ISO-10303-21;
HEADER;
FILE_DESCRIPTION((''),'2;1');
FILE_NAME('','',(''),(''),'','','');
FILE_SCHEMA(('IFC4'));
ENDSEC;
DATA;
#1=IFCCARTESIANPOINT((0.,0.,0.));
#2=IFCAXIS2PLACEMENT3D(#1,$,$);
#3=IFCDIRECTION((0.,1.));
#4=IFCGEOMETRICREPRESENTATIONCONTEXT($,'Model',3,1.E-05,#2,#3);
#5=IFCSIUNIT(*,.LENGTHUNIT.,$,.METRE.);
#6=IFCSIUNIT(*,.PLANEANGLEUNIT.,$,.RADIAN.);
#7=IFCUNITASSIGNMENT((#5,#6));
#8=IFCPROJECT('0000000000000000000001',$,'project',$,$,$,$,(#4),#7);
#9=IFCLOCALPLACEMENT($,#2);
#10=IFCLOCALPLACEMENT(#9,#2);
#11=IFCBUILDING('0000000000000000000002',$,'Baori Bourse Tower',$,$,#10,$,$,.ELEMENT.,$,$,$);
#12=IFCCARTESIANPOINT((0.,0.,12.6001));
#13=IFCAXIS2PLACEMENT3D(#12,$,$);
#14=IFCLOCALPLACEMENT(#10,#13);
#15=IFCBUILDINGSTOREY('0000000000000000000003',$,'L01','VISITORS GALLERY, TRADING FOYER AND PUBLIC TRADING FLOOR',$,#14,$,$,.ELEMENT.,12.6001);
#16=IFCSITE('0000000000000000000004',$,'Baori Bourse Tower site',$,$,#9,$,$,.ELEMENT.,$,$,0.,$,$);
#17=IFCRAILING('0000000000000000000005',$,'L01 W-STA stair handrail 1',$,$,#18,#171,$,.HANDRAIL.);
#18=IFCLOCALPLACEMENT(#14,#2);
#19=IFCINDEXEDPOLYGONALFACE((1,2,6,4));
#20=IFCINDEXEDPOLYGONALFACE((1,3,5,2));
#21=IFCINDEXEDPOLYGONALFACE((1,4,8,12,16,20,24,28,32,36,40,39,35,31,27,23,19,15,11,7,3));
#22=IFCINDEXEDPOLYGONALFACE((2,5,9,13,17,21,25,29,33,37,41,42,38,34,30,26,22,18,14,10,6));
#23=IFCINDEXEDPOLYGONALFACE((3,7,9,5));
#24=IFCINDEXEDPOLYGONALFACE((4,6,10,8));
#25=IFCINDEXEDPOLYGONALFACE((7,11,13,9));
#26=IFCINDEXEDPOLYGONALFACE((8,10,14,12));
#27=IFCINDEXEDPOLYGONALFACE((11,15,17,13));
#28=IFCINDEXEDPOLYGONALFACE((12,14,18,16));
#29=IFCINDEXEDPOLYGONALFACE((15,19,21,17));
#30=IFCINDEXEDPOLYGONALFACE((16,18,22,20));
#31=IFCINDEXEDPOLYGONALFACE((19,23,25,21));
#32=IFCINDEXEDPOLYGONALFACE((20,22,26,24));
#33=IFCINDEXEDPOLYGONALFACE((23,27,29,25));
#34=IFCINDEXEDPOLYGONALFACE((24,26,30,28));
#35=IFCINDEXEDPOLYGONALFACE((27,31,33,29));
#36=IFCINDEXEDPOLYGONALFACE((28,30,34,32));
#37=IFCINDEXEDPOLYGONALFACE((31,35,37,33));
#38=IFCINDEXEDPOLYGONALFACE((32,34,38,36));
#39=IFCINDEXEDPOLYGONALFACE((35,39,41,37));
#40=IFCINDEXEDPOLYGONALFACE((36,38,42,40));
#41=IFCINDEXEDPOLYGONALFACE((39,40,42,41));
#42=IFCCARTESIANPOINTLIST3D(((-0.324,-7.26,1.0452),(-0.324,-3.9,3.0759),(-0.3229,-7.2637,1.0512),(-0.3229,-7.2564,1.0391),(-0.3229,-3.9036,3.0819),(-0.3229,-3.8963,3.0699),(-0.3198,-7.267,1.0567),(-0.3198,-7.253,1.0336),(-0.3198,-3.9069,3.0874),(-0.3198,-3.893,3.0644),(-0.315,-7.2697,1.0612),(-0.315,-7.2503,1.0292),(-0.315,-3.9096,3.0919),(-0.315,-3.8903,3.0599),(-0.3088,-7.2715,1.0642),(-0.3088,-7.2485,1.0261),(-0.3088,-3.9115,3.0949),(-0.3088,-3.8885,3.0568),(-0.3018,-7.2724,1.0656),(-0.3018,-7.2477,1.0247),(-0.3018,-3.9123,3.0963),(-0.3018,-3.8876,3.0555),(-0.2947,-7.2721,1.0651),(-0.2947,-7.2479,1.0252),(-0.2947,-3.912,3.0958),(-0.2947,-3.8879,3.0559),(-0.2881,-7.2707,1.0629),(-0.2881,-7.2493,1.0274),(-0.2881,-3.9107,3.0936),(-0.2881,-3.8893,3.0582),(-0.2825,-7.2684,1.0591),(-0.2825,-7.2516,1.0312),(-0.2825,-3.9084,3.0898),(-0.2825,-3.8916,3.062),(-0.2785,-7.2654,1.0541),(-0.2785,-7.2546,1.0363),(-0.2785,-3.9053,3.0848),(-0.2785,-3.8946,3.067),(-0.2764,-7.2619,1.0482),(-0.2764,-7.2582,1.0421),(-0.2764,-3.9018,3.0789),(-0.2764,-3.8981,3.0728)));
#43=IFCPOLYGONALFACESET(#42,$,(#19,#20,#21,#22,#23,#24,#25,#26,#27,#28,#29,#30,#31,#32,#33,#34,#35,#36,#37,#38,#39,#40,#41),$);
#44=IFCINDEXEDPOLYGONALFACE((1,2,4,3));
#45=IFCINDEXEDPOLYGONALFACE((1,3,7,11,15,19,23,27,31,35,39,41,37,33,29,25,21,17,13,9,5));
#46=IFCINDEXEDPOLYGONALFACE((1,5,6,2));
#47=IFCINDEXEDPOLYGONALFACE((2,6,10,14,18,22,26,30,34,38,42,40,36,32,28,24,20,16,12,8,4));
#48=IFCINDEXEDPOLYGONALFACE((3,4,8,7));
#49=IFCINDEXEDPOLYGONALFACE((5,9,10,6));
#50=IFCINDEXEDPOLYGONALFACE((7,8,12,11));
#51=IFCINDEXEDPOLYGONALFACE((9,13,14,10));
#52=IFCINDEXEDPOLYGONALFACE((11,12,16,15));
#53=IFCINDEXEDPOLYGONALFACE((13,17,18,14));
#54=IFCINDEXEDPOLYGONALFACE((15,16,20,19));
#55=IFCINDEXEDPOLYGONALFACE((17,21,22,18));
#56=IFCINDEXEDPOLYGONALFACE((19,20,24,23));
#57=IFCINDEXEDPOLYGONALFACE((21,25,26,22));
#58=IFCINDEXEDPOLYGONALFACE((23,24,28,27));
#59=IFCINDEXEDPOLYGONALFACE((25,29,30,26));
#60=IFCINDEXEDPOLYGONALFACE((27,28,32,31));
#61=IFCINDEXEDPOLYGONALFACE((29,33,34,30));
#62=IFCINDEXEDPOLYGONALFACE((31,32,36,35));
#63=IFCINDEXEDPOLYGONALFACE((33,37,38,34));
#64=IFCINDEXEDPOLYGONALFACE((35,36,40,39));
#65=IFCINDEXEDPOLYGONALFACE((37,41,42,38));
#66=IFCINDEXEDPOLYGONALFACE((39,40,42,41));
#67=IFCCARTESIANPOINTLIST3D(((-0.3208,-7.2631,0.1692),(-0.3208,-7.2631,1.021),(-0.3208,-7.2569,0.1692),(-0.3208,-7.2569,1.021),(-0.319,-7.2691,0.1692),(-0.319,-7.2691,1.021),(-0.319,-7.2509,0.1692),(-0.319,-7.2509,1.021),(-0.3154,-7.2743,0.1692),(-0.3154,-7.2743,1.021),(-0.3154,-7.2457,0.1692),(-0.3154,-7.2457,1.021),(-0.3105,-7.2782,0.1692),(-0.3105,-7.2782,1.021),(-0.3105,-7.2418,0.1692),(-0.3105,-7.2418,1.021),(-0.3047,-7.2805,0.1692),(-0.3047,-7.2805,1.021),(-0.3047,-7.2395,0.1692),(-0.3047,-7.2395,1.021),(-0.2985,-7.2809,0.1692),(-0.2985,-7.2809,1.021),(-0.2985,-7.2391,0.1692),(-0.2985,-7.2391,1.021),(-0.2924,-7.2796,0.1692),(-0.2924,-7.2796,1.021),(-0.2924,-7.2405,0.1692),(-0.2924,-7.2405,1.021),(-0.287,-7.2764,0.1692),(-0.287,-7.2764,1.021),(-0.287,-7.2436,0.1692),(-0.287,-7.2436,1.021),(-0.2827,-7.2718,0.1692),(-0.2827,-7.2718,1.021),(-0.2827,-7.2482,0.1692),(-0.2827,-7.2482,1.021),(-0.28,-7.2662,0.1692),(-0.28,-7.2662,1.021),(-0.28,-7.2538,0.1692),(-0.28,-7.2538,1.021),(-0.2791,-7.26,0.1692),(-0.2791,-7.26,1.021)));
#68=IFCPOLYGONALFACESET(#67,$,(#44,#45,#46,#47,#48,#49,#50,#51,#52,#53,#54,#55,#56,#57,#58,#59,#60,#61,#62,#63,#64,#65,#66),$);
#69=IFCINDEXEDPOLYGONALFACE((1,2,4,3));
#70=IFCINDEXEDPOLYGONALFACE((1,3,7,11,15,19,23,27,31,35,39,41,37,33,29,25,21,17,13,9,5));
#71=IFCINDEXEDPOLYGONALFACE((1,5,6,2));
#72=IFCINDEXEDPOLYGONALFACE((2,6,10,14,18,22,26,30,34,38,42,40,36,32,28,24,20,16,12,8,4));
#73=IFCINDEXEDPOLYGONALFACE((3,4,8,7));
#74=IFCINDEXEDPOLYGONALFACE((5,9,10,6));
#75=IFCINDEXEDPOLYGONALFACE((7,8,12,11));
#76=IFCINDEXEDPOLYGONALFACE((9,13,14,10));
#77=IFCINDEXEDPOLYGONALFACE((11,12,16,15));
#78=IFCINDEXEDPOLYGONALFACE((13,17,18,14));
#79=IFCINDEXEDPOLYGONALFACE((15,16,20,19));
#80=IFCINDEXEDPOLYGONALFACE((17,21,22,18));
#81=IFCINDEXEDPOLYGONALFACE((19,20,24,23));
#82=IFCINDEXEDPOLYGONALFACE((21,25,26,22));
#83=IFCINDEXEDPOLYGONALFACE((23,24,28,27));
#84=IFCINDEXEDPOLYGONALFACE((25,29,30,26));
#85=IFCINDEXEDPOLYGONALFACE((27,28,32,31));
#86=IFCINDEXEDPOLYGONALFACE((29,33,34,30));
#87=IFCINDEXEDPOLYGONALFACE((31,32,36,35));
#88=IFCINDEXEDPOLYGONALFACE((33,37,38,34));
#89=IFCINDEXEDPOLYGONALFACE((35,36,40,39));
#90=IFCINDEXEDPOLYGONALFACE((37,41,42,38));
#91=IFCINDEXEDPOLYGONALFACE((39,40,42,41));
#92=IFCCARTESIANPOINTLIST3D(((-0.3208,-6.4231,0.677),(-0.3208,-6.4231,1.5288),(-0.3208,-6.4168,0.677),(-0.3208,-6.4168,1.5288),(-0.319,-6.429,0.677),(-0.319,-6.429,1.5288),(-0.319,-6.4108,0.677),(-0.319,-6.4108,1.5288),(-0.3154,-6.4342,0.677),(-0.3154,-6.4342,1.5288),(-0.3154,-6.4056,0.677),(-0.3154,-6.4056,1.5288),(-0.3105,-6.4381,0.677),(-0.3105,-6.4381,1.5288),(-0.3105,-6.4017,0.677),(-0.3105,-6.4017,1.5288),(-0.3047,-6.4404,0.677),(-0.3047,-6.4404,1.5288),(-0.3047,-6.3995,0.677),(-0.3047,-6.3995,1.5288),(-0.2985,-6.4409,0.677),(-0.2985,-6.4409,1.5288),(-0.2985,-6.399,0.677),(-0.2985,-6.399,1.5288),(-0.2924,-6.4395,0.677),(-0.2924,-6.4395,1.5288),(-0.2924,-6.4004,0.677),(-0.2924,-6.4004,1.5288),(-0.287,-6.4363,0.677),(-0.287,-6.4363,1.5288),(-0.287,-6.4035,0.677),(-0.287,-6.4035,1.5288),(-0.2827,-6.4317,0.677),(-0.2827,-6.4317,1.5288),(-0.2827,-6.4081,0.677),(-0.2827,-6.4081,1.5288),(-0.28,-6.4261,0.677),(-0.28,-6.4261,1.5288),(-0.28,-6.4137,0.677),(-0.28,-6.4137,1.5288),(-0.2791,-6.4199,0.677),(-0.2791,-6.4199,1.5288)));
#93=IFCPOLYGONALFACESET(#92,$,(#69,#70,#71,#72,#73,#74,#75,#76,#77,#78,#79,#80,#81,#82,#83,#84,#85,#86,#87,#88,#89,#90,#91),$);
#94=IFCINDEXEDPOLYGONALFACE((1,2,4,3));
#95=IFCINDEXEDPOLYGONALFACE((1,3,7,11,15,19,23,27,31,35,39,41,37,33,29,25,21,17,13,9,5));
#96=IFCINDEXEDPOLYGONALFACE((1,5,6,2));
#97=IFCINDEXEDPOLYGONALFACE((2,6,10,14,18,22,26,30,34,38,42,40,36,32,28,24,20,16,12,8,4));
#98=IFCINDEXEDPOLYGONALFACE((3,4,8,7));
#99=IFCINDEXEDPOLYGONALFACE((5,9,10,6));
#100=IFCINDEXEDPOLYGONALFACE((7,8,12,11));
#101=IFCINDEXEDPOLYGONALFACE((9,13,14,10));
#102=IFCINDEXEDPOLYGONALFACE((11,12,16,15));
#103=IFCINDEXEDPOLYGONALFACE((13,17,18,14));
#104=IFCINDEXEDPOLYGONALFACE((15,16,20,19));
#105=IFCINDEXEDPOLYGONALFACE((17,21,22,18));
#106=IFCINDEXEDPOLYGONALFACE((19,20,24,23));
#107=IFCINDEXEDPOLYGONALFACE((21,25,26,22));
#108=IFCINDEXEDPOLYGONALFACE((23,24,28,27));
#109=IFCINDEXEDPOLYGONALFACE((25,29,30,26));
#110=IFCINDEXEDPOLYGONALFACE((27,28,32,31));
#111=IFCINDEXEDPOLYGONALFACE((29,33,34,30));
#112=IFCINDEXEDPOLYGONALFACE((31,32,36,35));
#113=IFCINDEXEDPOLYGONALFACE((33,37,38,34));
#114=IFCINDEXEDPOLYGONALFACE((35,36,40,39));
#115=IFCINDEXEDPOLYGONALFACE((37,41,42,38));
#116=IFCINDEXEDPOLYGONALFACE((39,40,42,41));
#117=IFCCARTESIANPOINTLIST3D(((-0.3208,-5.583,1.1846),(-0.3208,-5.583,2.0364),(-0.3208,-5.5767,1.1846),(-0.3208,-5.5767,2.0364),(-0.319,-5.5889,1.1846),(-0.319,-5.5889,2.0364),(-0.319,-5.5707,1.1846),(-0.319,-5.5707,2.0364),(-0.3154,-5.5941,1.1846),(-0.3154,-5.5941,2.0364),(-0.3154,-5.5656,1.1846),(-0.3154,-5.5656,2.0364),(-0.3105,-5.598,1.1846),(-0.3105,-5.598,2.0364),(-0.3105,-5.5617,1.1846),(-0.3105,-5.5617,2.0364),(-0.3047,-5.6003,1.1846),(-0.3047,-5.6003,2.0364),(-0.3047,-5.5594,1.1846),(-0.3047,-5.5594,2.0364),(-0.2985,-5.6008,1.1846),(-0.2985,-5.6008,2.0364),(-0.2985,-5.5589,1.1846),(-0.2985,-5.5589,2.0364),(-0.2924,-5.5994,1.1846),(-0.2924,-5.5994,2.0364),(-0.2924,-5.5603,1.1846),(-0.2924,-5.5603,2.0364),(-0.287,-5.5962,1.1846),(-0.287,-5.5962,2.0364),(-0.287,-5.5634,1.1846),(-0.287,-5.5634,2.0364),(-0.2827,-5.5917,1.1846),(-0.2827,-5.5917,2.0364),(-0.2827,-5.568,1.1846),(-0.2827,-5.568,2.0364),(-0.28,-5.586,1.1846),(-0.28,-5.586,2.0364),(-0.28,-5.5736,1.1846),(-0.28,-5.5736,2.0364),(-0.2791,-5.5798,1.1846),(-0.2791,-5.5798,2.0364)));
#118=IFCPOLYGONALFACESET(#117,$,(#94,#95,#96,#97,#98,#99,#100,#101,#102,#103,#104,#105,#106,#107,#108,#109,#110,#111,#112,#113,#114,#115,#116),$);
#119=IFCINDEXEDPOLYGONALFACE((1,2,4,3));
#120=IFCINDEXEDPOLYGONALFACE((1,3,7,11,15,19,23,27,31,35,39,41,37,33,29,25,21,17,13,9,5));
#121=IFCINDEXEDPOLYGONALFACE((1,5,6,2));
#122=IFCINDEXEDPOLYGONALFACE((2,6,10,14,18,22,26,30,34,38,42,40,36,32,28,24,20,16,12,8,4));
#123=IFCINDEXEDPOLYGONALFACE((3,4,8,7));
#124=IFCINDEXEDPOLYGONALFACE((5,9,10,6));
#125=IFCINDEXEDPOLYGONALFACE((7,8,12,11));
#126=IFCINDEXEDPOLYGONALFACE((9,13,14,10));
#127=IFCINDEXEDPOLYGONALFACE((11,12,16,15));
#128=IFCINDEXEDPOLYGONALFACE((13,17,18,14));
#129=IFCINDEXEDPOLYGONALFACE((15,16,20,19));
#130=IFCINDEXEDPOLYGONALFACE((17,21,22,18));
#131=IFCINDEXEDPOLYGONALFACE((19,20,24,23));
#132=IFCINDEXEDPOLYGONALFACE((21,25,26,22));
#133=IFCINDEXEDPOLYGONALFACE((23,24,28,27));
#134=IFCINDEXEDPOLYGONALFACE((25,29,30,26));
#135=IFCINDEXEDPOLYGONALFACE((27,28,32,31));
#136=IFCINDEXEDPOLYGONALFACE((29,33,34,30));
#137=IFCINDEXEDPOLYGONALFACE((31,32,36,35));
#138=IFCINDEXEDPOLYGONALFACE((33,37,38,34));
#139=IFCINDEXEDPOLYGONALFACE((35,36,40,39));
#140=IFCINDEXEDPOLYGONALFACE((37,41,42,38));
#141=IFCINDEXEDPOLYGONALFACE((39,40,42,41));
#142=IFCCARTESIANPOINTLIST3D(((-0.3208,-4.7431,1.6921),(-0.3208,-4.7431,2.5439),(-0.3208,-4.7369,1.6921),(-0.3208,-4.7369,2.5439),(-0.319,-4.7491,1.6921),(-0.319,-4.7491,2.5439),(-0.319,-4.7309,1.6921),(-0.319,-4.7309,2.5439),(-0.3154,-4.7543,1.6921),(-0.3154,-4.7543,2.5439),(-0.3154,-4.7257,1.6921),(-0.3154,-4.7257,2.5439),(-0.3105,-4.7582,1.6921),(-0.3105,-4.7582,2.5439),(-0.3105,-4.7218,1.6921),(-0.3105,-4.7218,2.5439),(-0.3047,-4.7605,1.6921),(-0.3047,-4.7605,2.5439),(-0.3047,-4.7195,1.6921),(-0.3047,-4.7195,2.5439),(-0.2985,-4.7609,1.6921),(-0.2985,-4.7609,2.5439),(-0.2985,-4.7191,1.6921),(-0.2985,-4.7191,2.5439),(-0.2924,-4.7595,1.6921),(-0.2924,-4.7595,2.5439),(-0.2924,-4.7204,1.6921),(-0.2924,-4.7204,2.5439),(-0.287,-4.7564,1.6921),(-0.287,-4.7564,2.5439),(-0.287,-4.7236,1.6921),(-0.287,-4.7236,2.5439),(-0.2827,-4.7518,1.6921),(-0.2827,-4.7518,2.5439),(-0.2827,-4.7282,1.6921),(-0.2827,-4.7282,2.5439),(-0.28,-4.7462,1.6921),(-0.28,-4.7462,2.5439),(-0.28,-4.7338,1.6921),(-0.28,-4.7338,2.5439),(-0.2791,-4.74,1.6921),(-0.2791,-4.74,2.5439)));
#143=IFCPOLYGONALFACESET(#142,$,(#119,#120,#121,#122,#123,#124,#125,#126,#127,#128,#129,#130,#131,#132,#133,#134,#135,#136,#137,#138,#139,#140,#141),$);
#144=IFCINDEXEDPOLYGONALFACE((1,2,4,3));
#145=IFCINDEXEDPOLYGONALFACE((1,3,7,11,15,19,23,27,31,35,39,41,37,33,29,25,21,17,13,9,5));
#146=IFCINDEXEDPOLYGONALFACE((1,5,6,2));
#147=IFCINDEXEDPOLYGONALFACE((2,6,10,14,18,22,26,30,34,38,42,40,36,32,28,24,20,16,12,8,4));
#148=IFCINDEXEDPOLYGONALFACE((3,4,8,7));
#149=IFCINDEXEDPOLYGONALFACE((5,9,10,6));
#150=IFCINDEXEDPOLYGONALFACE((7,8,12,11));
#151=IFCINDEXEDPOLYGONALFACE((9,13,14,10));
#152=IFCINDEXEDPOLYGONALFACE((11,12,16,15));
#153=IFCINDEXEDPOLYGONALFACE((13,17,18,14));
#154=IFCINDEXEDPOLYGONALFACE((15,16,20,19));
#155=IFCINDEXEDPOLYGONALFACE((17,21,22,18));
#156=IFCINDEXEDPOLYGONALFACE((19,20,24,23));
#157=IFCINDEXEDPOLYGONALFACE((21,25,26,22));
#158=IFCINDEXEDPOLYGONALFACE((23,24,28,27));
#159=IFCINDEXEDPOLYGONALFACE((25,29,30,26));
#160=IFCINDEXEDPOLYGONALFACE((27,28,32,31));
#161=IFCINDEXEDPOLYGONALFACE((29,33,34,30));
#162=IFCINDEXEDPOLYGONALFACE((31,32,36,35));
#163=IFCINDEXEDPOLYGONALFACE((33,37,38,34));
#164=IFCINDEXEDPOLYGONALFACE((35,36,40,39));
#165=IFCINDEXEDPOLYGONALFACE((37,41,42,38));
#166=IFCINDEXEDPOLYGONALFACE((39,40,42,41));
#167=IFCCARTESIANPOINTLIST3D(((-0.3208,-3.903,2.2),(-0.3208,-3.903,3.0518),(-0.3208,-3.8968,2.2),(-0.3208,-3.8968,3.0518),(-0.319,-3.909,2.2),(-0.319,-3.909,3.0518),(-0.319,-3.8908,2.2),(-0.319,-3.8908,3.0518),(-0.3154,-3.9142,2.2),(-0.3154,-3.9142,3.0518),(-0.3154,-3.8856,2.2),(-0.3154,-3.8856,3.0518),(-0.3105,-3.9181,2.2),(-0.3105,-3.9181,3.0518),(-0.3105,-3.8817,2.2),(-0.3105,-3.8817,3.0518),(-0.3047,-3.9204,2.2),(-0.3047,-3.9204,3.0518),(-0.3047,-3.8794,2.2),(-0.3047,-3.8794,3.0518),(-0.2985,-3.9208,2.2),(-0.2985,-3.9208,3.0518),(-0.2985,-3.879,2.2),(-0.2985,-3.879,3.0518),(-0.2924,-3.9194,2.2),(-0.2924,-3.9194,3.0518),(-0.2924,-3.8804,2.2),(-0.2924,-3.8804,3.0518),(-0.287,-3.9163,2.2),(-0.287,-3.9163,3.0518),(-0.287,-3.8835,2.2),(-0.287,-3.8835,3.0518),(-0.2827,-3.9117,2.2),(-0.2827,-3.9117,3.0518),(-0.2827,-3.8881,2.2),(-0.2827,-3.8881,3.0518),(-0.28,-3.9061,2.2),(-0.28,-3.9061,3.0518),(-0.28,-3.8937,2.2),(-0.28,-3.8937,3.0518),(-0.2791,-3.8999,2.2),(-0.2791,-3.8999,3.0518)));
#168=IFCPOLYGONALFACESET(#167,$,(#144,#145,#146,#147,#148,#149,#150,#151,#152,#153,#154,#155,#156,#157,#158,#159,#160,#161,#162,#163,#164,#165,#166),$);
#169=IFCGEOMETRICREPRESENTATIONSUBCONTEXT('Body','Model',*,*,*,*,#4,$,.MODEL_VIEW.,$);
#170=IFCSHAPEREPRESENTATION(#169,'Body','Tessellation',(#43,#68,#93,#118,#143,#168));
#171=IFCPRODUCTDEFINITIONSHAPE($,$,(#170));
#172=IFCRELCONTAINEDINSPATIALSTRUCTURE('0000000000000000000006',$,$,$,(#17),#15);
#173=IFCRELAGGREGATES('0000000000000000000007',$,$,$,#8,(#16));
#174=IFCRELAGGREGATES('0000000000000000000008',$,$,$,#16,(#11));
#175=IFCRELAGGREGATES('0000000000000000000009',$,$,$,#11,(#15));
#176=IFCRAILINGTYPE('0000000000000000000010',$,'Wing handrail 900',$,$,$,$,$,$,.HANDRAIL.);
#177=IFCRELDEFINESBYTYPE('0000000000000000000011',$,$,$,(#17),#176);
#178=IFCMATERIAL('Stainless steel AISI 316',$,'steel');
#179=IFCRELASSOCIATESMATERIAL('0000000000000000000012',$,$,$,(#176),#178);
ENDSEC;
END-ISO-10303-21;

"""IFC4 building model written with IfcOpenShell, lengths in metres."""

from ifc_helpers import new_model, si_unit, direction, frame, origin, origin_2d, place, context, subcontext, project, spatial, circle, extrude, material, type_object, element, save


model = new_model("IFC4")

# Units and contexts
model_context = context("Model", 3, precision=1e-05, world=origin(), true_north=direction((0.0, 1.0)))
body_context = subcontext(model_context, "Body", "Model", "MODEL_VIEW")
ifc_project = project(units=[si_unit("LENGTHUNIT", "METRE"), si_unit("PLANEANGLEUNIT", "RADIAN")], contexts=[model_context])

# Site, building, storey
site_placement = place(None, origin())
site = spatial("IfcSite", under=ifc_project, at=site_placement, Name="Baori Bourse Tower site", CompositionType="ELEMENT", RefElevation=0.0)
building_placement = place(site_placement, origin())
building = spatial("IfcBuilding", under=site, at=building_placement, Name="Baori Bourse Tower", CompositionType="ELEMENT")
storey_placement = place(building_placement, frame((0.0, 0.0, 12.6001)))
storey = spatial("IfcBuildingStorey", under=building, at=storey_placement, Name="L01", Description="VISITORS GALLERY, TRADING FOYER AND PUBLIC TRADING FLOOR", CompositionType="ELEMENT", Elevation=12.6001)

# Railing
ifc_material_1 = material(Name="Stainless steel AISI 316", Category="steel")
railing_type_1 = type_object("IfcRailingType", Name="Wing handrail 900", PredefinedType="HANDRAIL", material=ifc_material_1)
railing_1_placement = place(storey_placement, frame((-0.3, -7.26, 0.1692)))
element("IfcRailing", 1, at=railing_1_placement, inside=storey, type_object=railing_type_1, Name="L01 W-STA stair handrail 1", PredefinedType="HANDRAIL", context=body_context, shape_type="SweptSolid", body=[
    extrude(circle(Radius=0.0239, at=origin_2d()), frame((0.0, 0.0, 0.876), z_axis=(0.0, 0.855837, 0.517246), x_axis=(-1.0, 0.0, 0.0)), (0.0, 0.0, 1.0), 3.926),
    extrude(circle(Radius=0.021, at=origin_2d()), origin(), (0.0, 0.0, 1.0), 0.8518),
    extrude(circle(Radius=0.021, at=origin_2d()), frame((0.0, 0.8401, 0.5078)), (0.0, 0.0, 1.0), 0.8518),
    extrude(circle(Radius=0.021, at=origin_2d()), frame((0.0, 1.6802, 1.0154)), (0.0, 0.0, 1.0), 0.8518),
    extrude(circle(Radius=0.021, at=origin_2d()), frame((0.0, 2.52, 1.5229)), (0.0, 0.0, 1.0), 0.8518),
    extrude(circle(Radius=0.021, at=origin_2d()), frame((0.0, 3.3601, 2.0308)), (0.0, 0.0, 1.0), 0.8518),
])

save(model, "model.ifc")
